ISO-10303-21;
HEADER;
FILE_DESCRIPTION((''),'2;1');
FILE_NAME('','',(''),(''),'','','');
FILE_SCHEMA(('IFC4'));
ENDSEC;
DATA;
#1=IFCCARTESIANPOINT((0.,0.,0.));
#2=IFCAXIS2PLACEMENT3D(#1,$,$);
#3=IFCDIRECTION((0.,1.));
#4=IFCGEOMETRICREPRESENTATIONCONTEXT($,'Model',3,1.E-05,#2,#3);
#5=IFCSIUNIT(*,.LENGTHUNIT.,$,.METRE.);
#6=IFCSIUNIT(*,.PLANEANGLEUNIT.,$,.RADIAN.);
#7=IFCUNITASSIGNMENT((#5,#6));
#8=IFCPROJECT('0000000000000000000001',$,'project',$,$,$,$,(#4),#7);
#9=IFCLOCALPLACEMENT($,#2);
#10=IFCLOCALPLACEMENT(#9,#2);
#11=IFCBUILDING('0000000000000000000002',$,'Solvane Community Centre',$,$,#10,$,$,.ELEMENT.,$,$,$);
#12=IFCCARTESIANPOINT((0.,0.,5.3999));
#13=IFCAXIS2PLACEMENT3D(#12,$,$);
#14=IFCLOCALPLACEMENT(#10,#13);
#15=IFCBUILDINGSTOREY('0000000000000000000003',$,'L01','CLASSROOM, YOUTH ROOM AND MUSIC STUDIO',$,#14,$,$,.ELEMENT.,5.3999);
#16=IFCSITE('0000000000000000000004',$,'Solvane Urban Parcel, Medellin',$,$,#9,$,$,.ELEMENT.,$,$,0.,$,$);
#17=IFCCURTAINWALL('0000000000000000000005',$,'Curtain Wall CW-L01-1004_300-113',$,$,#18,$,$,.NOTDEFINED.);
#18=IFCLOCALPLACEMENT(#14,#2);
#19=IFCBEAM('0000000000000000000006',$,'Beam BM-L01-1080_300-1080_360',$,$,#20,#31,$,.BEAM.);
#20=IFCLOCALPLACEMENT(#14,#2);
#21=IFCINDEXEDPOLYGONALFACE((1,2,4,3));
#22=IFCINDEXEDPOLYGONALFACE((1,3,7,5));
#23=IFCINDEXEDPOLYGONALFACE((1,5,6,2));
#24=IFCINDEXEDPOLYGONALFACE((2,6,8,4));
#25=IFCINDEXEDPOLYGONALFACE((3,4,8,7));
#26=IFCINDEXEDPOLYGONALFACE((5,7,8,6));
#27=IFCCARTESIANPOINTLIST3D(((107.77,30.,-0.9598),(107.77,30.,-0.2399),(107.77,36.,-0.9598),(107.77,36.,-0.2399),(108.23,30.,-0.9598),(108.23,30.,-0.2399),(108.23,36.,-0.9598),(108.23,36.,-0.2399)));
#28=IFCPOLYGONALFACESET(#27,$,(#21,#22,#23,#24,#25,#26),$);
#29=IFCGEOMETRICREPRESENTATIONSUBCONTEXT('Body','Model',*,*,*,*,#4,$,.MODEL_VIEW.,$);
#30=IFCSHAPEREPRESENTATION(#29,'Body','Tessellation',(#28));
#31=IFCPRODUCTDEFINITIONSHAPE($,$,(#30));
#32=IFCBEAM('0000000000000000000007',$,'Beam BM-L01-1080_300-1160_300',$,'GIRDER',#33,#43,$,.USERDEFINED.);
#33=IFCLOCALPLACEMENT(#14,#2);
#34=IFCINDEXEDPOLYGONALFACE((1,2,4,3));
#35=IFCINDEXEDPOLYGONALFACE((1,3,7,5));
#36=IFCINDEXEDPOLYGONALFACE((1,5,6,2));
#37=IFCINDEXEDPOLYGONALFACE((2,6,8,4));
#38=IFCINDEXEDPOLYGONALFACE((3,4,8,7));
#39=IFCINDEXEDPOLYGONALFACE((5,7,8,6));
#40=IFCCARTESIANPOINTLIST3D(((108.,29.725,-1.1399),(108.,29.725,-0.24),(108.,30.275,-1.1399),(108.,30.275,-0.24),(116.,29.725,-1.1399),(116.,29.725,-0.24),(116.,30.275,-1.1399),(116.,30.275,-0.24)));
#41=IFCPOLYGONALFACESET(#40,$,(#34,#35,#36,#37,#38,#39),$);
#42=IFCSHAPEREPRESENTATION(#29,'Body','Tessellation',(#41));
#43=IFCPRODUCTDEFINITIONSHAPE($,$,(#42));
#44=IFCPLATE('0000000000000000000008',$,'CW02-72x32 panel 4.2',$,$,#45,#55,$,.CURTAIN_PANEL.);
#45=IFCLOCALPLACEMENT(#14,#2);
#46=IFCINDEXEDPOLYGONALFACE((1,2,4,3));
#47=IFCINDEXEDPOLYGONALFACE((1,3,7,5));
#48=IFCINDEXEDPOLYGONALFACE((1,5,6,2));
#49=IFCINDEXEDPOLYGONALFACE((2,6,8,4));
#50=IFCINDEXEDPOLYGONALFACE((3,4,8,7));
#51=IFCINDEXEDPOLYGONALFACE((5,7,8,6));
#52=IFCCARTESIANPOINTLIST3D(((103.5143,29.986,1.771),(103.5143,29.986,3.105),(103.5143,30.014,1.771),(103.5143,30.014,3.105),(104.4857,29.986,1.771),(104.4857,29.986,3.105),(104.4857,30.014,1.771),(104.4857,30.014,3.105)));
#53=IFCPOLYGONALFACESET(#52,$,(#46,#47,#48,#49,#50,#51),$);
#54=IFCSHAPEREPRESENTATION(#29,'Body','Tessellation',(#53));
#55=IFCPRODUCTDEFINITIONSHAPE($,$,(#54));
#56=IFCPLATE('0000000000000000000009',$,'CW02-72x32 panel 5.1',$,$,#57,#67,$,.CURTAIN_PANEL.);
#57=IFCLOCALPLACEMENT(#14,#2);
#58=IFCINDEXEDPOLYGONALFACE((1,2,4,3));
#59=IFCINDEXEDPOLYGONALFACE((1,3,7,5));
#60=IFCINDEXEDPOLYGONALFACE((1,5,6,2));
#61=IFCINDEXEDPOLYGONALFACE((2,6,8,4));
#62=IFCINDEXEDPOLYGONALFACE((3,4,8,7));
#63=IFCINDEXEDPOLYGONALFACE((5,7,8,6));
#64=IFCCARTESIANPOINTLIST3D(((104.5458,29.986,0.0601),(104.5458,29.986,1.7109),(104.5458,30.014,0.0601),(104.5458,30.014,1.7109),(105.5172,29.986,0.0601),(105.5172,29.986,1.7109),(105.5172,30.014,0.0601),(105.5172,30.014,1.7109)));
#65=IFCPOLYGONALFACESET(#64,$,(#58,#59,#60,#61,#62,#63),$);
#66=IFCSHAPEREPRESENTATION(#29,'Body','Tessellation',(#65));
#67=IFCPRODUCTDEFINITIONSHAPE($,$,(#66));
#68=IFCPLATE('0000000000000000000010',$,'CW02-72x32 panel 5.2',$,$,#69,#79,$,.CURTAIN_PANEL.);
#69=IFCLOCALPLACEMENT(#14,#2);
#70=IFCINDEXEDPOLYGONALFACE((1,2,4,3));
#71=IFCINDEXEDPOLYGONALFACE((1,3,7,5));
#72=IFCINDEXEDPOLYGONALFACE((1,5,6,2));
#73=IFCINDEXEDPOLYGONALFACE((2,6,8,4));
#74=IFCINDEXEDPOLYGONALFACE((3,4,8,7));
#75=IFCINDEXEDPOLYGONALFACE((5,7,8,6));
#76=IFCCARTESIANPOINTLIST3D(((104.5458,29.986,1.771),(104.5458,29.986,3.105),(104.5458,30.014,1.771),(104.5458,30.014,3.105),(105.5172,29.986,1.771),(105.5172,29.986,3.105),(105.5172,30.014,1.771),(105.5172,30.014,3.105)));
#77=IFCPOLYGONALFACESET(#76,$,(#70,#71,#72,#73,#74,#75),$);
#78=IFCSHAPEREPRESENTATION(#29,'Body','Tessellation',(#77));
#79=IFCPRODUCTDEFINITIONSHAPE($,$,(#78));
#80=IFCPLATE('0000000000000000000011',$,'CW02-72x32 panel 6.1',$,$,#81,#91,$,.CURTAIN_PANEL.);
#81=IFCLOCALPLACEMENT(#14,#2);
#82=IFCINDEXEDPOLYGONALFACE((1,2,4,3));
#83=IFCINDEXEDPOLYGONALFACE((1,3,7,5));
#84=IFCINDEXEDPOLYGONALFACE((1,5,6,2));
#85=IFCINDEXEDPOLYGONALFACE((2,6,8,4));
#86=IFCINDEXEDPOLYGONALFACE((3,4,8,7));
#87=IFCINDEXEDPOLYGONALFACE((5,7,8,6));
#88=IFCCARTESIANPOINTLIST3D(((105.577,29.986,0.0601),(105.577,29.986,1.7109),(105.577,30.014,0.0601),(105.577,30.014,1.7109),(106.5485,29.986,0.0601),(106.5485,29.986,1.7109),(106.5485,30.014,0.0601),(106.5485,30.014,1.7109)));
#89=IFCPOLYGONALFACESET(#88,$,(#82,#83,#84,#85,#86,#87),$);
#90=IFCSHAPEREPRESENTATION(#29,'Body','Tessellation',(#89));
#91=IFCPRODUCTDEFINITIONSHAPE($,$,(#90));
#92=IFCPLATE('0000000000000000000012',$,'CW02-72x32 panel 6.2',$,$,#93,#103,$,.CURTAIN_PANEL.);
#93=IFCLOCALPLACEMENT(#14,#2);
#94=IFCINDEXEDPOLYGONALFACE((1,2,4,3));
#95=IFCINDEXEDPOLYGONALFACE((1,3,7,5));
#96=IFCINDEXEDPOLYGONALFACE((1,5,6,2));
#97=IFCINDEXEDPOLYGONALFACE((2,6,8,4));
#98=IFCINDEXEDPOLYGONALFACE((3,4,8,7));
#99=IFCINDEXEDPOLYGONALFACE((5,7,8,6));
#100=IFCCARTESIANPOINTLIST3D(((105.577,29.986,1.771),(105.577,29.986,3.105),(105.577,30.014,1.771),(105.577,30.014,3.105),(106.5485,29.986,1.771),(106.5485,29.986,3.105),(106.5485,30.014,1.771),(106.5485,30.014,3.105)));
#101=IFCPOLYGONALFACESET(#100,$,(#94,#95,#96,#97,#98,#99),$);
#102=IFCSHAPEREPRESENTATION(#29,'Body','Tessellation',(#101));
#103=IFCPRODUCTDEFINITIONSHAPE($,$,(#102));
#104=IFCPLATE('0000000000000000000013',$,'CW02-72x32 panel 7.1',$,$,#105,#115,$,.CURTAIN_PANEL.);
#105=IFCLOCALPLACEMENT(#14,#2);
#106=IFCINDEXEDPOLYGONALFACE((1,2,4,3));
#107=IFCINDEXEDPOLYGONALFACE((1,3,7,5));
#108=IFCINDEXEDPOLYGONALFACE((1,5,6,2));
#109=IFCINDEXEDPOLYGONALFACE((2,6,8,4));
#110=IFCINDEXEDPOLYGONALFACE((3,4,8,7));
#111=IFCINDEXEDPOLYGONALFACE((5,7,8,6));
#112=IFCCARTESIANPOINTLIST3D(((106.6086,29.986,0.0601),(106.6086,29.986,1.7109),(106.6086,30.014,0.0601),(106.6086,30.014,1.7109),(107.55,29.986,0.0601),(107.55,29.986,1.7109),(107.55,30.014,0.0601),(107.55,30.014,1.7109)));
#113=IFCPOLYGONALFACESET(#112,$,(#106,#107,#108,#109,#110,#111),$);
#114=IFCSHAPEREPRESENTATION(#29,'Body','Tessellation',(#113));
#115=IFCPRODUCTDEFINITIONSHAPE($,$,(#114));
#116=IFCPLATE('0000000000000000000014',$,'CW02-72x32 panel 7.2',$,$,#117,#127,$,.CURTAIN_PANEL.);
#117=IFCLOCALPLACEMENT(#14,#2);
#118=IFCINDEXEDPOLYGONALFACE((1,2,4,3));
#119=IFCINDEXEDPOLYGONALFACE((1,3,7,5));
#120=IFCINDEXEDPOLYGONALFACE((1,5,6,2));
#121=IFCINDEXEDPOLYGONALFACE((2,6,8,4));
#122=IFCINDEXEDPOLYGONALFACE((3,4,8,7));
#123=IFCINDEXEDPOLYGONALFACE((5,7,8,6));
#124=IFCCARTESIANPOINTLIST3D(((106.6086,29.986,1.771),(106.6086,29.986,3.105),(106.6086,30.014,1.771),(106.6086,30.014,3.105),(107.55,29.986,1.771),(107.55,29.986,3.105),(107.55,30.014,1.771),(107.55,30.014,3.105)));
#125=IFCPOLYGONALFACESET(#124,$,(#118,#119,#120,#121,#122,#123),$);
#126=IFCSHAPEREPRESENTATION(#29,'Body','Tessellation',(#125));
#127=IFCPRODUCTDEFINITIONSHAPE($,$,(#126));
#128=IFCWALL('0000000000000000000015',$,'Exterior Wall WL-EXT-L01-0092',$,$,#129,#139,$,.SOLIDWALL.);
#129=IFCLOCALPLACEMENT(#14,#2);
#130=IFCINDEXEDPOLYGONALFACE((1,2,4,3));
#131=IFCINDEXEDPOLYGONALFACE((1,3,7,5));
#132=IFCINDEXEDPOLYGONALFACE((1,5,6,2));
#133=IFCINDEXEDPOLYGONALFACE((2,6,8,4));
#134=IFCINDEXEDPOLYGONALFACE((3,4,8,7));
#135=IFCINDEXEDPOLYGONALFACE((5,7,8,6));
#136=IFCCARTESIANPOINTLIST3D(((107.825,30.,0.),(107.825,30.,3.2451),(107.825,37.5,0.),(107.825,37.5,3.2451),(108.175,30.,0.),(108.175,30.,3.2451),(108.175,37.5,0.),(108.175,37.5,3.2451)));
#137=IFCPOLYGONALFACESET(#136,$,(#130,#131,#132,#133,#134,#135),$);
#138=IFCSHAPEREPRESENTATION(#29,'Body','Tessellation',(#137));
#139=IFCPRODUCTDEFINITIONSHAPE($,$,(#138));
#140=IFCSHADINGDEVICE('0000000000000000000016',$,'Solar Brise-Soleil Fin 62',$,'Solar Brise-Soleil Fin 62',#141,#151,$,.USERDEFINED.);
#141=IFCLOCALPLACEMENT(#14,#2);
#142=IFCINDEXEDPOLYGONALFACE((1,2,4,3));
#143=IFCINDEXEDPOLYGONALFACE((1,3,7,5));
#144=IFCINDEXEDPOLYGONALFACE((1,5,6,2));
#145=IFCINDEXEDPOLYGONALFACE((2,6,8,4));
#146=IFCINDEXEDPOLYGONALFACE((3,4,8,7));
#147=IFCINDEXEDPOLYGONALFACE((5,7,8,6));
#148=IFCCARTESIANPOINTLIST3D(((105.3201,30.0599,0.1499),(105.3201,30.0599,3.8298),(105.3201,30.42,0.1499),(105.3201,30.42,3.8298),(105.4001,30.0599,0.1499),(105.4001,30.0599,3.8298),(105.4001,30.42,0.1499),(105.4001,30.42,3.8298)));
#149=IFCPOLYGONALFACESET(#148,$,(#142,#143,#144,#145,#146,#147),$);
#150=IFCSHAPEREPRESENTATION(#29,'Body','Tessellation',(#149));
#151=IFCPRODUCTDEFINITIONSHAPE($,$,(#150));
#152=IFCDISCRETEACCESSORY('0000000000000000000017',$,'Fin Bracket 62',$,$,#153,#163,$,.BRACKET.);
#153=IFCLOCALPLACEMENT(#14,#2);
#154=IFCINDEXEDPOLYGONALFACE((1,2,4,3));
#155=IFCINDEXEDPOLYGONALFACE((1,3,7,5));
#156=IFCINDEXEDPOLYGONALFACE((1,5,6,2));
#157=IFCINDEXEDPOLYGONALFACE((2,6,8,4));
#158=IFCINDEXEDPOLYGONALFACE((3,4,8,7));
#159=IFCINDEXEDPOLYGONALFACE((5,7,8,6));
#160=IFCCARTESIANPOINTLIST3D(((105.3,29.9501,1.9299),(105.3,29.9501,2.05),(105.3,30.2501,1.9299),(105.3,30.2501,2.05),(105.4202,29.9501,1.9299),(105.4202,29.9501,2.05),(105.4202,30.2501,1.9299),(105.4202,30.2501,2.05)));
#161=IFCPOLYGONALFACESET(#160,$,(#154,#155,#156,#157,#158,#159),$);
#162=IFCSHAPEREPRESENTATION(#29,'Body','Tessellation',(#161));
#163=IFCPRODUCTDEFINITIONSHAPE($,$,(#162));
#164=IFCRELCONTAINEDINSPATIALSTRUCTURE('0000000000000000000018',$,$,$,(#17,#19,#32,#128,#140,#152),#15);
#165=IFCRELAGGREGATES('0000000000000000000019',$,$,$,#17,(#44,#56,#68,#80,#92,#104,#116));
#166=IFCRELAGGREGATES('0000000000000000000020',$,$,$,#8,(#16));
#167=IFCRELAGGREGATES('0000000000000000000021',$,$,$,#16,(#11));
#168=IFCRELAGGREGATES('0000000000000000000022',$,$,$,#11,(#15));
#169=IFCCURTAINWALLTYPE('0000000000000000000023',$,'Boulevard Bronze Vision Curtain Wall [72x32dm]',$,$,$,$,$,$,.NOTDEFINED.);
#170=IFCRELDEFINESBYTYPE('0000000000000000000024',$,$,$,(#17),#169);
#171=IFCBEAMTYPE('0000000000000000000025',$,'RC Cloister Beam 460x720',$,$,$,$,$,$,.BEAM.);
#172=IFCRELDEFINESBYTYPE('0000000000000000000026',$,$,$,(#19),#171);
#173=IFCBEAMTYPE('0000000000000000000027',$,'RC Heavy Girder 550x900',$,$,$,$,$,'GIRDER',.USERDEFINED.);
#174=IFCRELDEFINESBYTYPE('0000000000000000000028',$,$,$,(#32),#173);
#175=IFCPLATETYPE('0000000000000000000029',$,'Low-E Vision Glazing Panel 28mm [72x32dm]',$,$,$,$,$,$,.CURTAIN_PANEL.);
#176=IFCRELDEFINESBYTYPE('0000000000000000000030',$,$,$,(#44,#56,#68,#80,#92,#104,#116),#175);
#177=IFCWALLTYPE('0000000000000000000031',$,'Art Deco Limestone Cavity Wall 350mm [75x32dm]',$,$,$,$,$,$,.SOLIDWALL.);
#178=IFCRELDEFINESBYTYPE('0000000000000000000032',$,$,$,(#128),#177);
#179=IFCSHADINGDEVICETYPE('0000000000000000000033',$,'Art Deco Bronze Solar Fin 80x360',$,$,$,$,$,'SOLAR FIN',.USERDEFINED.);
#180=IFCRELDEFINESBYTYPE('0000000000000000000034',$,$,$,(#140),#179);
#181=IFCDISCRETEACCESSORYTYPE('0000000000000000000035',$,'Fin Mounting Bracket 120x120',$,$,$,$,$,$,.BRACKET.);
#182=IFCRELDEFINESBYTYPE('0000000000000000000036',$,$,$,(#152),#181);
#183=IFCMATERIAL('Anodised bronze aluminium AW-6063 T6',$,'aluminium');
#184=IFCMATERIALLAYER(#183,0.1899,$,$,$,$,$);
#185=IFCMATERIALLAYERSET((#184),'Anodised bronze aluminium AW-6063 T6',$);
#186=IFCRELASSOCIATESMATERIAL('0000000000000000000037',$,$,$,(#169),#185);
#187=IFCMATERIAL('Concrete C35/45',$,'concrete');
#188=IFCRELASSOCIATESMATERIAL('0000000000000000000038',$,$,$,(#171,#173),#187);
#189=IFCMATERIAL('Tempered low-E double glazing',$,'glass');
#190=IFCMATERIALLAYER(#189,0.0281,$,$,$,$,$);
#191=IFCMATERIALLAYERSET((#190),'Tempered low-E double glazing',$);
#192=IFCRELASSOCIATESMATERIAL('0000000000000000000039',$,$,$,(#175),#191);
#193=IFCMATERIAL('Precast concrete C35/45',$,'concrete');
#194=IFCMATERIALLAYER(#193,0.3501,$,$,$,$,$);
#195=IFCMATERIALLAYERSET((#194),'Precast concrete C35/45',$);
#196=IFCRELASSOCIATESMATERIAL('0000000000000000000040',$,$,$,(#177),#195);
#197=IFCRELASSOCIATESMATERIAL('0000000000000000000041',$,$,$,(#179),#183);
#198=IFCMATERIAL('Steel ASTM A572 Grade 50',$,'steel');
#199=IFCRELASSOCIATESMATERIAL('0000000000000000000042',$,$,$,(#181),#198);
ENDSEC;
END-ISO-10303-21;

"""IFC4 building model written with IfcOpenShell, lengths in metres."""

from ifc_helpers import new_model, si_unit, direction, frame, frame_2d, origin, origin_2d, place, context, subcontext, project, spatial, rectangle, extrude, material, layer, layer_set, material_profile, profile_set, type_object, element, aggregate, save


model = new_model("IFC4")

# Units and contexts
model_context = context("Model", 3, precision=1e-05, world=origin(), true_north=direction((0.0, 1.0)))
body_context = subcontext(model_context, "Body", "Model", "MODEL_VIEW")
ifc_project = project(units=[si_unit("LENGTHUNIT", "METRE"), si_unit("PLANEANGLEUNIT", "RADIAN")], contexts=[model_context])

# Site, building, storey
site_placement = place(None, origin())
site = spatial("IfcSite", under=ifc_project, at=site_placement, Name="Solvane Urban Parcel, Medellin", CompositionType="ELEMENT", RefElevation=0.0)
building_placement = place(site_placement, origin())
building = spatial("IfcBuilding", under=site, at=building_placement, Name="Solvane Community Centre", CompositionType="ELEMENT")
storey_placement = place(building_placement, frame((0.0, 0.0, 5.3999)))
storey = spatial("IfcBuildingStorey", under=building, at=storey_placement, Name="L01", Description="CLASSROOM, YOUTH ROOM AND MUSIC STUDIO", CompositionType="ELEMENT", Elevation=5.3999)

# Shared definitions
ifc_material_1 = material(Name="Concrete C35/45", Category="concrete")

# Curtain wall
ifc_material_2 = material(Name="Anodised bronze aluminium AW-6063 T6", Category="aluminium")
ifc_layer_1 = layer(ifc_material_2, 0.1899)
ifc_layer_set_1 = layer_set([ifc_layer_1], Name="Anodised bronze aluminium AW-6063 T6")
curtain_wall_type = type_object("IfcCurtainWallType", Name="Boulevard Bronze Vision Curtain Wall [72x32dm]", PredefinedType="NOTDEFINED", material=ifc_layer_set_1)
curtain_wall_placement = place(storey_placement, origin())
curtain_wall = element("IfcCurtainWall", 1, at=curtain_wall_placement, inside=storey, type_object=curtain_wall_type, Name="Curtain Wall CW-L01-1004_300-113", PredefinedType="NOTDEFINED")

# Beams
ifc_material_profile_1 = material_profile(ifc_material_1, rectangle(XDim=0.46, YDim=0.72, at=origin_2d()), Name="RC 460x720")
ifc_profile_set_1 = profile_set([ifc_material_profile_1], Name="Concrete C35/45")
beam_type_1 = type_object("IfcBeamType", Name="RC Cloister Beam 460x720", PredefinedType="BEAM", material=ifc_profile_set_1)
beam_1_placement = place(storey_placement, frame((108.0, 30.0, -0.5999), z_axis=(0.0, 1.0, 0.0), x_axis=(-1.0, 0.0, 0.0)))
element("IfcBeam", 2, at=beam_1_placement, inside=storey, type_object=beam_type_1, Name="Beam BM-L01-1080_300-1080_360", PredefinedType="BEAM", context=body_context, shape_type="SweptSolid", body=[
    extrude(rectangle(XDim=0.46, YDim=0.72, at=origin_2d()), origin(), (0.0, 0.0, 1.0), 6.0),
])
ifc_material_profile_2 = material_profile(ifc_material_1, rectangle(XDim=0.55, YDim=0.8999, at=origin_2d()), Name="RC 550x900")
ifc_profile_set_2 = profile_set([ifc_material_profile_2], Name="Concrete C35/45")
beam_type_2 = type_object("IfcBeamType", Name="RC Heavy Girder 550x900", ElementType="GIRDER", PredefinedType="USERDEFINED", material=ifc_profile_set_2)
beam_2_placement = place(storey_placement, frame((108.0, 30.0, -0.6899), z_axis=(1.0, 0.0, 0.0), x_axis=(0.0, 1.0, 0.0)))
element("IfcBeam", 3, at=beam_2_placement, inside=storey, type_object=beam_type_2, Name="Beam BM-L01-1080_300-1160_300", ObjectType="GIRDER", PredefinedType="USERDEFINED", context=body_context, shape_type="SweptSolid", body=[
    extrude(rectangle(XDim=0.55, YDim=0.8999, at=origin_2d()), origin(), (0.0, 0.0, 1.0), 8.0),
])

# Plates
ifc_material_3 = material(Name="Tempered low-E double glazing", Category="glass")
ifc_layer_2 = layer(ifc_material_3, 0.0281)
ifc_layer_set_2 = layer_set([ifc_layer_2], Name="Tempered low-E double glazing")
plate_type = type_object("IfcPlateType", Name="Low-E Vision Glazing Panel 28mm [72x32dm]", PredefinedType="CURTAIN_PANEL", material=ifc_layer_set_2)
plate_1_placement = place(storey_placement, frame((104.0, 30.0, 1.771), z_axis=(0.0, 0.0, 1.0), x_axis=(1.0, 0.0, 0.0)))
plate_1 = element("IfcPlate", 4, at=plate_1_placement, type_object=plate_type, Name="CW02-72x32 panel 4.2", PredefinedType="CURTAIN_PANEL", context=body_context, shape_type="SweptSolid", body=[
    extrude(rectangle(XDim=0.9714, YDim=0.0281, at=origin_2d()), origin(), (0.0, 0.0, 1.0), 1.334),
])
plate_2_placement = place(storey_placement, frame((105.0315, 30.0, 0.0601), z_axis=(0.0, 0.0, 1.0), x_axis=(1.0, 0.0, 0.0)))
plate_2 = element("IfcPlate", 5, at=plate_2_placement, type_object=plate_type, Name="CW02-72x32 panel 5.1", PredefinedType="CURTAIN_PANEL", context=body_context, shape_type="SweptSolid", body=[
    extrude(rectangle(XDim=0.9714, YDim=0.0281, at=origin_2d()), origin(), (0.0, 0.0, 1.0), 1.6509),
])
plate_3_placement = place(storey_placement, frame((105.0315, 30.0, 1.771), z_axis=(0.0, 0.0, 1.0), x_axis=(1.0, 0.0, 0.0)))
plate_3 = element("IfcPlate", 6, at=plate_3_placement, type_object=plate_type, Name="CW02-72x32 panel 5.2", PredefinedType="CURTAIN_PANEL", context=body_context, shape_type="SweptSolid", body=[
    extrude(rectangle(XDim=0.9714, YDim=0.0281, at=origin_2d()), origin(), (0.0, 0.0, 1.0), 1.334),
])
plate_4_placement = place(storey_placement, frame((106.0627, 30.0, 0.0601), z_axis=(0.0, 0.0, 1.0), x_axis=(1.0, 0.0, 0.0)))
plate_4 = element("IfcPlate", 7, at=plate_4_placement, type_object=plate_type, Name="CW02-72x32 panel 6.1", PredefinedType="CURTAIN_PANEL", context=body_context, shape_type="SweptSolid", body=[
    extrude(rectangle(XDim=0.9714, YDim=0.0281, at=origin_2d()), origin(), (0.0, 0.0, 1.0), 1.6509),
])
plate_5_placement = place(storey_placement, frame((106.0627, 30.0, 1.771), z_axis=(0.0, 0.0, 1.0), x_axis=(1.0, 0.0, 0.0)))
plate_5 = element("IfcPlate", 8, at=plate_5_placement, type_object=plate_type, Name="CW02-72x32 panel 6.2", PredefinedType="CURTAIN_PANEL", context=body_context, shape_type="SweptSolid", body=[
    extrude(rectangle(XDim=0.9714, YDim=0.0281, at=origin_2d()), origin(), (0.0, 0.0, 1.0), 1.334),
])
plate_6_placement = place(storey_placement, frame((107.0793, 30.0, 0.0601), z_axis=(0.0, 0.0, 1.0), x_axis=(1.0, 0.0, 0.0)))
plate_6 = element("IfcPlate", 9, at=plate_6_placement, type_object=plate_type, Name="CW02-72x32 panel 7.1", PredefinedType="CURTAIN_PANEL", context=body_context, shape_type="SweptSolid", body=[
    extrude(rectangle(XDim=0.9414, YDim=0.0281, at=origin_2d()), origin(), (0.0, 0.0, 1.0), 1.6509),
])
plate_7_placement = place(storey_placement, frame((107.0793, 30.0, 1.771), z_axis=(0.0, 0.0, 1.0), x_axis=(1.0, 0.0, 0.0)))
plate_7 = element("IfcPlate", 10, at=plate_7_placement, type_object=plate_type, Name="CW02-72x32 panel 7.2", PredefinedType="CURTAIN_PANEL", context=body_context, shape_type="SweptSolid", body=[
    extrude(rectangle(XDim=0.9414, YDim=0.0281, at=origin_2d()), origin(), (0.0, 0.0, 1.0), 1.334),
])
aggregate(curtain_wall, [plate_1, plate_2, plate_3, plate_4, plate_5, plate_6, plate_7])

# Wall
ifc_material_4 = material(Name="Precast concrete C35/45", Category="concrete")
ifc_layer_3 = layer(ifc_material_4, 0.3501)
ifc_layer_set_3 = layer_set([ifc_layer_3], Name="Precast concrete C35/45")
wall_type = type_object("IfcWallType", Name="Art Deco Limestone Cavity Wall 350mm [75x32dm]", PredefinedType="SOLIDWALL", material=ifc_layer_set_3)
wall_placement = place(storey_placement, frame((108.0, 30.0, 0.0), z_axis=(0.0, 0.0, 1.0), x_axis=(0.0, 1.0, 0.0)))
element("IfcWall", 11, at=wall_placement, inside=storey, type_object=wall_type, Name="Exterior Wall WL-EXT-L01-0092", PredefinedType="SOLIDWALL", context=body_context, shape_type="SweptSolid", body=[
    extrude(rectangle(XDim=7.5, YDim=0.3501, at=frame_2d((3.75, 0.0))), origin(), (0.0, 0.0, 1.0), 3.2451),
])

# Shading device
shading_device_type = type_object("IfcShadingDeviceType", Name="Art Deco Bronze Solar Fin 80x360", ElementType="SOLAR FIN", PredefinedType="USERDEFINED", material=ifc_material_2)
shading_device_placement = place(storey_placement, frame((105.3601, 30.24, 0.1499), z_axis=(0.0, 0.0, 1.0), x_axis=(1.0, 0.0, 0.0)))
element("IfcShadingDevice", 12, at=shading_device_placement, inside=storey, type_object=shading_device_type, Name="Solar Brise-Soleil Fin 62", ObjectType="Solar Brise-Soleil Fin 62", PredefinedType="USERDEFINED", context=body_context, shape_type="SweptSolid", body=[
    extrude(rectangle(XDim=0.0801, YDim=0.3601, at=origin_2d()), origin(), (0.0, 0.0, 1.0), 3.6799),
])

# Discrete accessory
ifc_material_5 = material(Name="Steel ASTM A572 Grade 50", Category="steel")
discrete_accessory_type = type_object("IfcDiscreteAccessoryType", Name="Fin Mounting Bracket 120x120", PredefinedType="BRACKET", material=ifc_material_5)
discrete_accessory_placement = place(storey_placement, frame((105.3601, 30.1001, 1.9299), z_axis=(0.0, 0.0, 1.0), x_axis=(1.0, 0.0, 0.0)))
element("IfcDiscreteAccessory", 13, at=discrete_accessory_placement, inside=storey, type_object=discrete_accessory_type, Name="Fin Bracket 62", PredefinedType="BRACKET", context=body_context, shape_type="SweptSolid", body=[
    extrude(rectangle(XDim=0.1201, YDim=0.3, at=origin_2d()), origin(), (0.0, 0.0, 1.0), 0.1201),
])

save(model, "model.ifc")
